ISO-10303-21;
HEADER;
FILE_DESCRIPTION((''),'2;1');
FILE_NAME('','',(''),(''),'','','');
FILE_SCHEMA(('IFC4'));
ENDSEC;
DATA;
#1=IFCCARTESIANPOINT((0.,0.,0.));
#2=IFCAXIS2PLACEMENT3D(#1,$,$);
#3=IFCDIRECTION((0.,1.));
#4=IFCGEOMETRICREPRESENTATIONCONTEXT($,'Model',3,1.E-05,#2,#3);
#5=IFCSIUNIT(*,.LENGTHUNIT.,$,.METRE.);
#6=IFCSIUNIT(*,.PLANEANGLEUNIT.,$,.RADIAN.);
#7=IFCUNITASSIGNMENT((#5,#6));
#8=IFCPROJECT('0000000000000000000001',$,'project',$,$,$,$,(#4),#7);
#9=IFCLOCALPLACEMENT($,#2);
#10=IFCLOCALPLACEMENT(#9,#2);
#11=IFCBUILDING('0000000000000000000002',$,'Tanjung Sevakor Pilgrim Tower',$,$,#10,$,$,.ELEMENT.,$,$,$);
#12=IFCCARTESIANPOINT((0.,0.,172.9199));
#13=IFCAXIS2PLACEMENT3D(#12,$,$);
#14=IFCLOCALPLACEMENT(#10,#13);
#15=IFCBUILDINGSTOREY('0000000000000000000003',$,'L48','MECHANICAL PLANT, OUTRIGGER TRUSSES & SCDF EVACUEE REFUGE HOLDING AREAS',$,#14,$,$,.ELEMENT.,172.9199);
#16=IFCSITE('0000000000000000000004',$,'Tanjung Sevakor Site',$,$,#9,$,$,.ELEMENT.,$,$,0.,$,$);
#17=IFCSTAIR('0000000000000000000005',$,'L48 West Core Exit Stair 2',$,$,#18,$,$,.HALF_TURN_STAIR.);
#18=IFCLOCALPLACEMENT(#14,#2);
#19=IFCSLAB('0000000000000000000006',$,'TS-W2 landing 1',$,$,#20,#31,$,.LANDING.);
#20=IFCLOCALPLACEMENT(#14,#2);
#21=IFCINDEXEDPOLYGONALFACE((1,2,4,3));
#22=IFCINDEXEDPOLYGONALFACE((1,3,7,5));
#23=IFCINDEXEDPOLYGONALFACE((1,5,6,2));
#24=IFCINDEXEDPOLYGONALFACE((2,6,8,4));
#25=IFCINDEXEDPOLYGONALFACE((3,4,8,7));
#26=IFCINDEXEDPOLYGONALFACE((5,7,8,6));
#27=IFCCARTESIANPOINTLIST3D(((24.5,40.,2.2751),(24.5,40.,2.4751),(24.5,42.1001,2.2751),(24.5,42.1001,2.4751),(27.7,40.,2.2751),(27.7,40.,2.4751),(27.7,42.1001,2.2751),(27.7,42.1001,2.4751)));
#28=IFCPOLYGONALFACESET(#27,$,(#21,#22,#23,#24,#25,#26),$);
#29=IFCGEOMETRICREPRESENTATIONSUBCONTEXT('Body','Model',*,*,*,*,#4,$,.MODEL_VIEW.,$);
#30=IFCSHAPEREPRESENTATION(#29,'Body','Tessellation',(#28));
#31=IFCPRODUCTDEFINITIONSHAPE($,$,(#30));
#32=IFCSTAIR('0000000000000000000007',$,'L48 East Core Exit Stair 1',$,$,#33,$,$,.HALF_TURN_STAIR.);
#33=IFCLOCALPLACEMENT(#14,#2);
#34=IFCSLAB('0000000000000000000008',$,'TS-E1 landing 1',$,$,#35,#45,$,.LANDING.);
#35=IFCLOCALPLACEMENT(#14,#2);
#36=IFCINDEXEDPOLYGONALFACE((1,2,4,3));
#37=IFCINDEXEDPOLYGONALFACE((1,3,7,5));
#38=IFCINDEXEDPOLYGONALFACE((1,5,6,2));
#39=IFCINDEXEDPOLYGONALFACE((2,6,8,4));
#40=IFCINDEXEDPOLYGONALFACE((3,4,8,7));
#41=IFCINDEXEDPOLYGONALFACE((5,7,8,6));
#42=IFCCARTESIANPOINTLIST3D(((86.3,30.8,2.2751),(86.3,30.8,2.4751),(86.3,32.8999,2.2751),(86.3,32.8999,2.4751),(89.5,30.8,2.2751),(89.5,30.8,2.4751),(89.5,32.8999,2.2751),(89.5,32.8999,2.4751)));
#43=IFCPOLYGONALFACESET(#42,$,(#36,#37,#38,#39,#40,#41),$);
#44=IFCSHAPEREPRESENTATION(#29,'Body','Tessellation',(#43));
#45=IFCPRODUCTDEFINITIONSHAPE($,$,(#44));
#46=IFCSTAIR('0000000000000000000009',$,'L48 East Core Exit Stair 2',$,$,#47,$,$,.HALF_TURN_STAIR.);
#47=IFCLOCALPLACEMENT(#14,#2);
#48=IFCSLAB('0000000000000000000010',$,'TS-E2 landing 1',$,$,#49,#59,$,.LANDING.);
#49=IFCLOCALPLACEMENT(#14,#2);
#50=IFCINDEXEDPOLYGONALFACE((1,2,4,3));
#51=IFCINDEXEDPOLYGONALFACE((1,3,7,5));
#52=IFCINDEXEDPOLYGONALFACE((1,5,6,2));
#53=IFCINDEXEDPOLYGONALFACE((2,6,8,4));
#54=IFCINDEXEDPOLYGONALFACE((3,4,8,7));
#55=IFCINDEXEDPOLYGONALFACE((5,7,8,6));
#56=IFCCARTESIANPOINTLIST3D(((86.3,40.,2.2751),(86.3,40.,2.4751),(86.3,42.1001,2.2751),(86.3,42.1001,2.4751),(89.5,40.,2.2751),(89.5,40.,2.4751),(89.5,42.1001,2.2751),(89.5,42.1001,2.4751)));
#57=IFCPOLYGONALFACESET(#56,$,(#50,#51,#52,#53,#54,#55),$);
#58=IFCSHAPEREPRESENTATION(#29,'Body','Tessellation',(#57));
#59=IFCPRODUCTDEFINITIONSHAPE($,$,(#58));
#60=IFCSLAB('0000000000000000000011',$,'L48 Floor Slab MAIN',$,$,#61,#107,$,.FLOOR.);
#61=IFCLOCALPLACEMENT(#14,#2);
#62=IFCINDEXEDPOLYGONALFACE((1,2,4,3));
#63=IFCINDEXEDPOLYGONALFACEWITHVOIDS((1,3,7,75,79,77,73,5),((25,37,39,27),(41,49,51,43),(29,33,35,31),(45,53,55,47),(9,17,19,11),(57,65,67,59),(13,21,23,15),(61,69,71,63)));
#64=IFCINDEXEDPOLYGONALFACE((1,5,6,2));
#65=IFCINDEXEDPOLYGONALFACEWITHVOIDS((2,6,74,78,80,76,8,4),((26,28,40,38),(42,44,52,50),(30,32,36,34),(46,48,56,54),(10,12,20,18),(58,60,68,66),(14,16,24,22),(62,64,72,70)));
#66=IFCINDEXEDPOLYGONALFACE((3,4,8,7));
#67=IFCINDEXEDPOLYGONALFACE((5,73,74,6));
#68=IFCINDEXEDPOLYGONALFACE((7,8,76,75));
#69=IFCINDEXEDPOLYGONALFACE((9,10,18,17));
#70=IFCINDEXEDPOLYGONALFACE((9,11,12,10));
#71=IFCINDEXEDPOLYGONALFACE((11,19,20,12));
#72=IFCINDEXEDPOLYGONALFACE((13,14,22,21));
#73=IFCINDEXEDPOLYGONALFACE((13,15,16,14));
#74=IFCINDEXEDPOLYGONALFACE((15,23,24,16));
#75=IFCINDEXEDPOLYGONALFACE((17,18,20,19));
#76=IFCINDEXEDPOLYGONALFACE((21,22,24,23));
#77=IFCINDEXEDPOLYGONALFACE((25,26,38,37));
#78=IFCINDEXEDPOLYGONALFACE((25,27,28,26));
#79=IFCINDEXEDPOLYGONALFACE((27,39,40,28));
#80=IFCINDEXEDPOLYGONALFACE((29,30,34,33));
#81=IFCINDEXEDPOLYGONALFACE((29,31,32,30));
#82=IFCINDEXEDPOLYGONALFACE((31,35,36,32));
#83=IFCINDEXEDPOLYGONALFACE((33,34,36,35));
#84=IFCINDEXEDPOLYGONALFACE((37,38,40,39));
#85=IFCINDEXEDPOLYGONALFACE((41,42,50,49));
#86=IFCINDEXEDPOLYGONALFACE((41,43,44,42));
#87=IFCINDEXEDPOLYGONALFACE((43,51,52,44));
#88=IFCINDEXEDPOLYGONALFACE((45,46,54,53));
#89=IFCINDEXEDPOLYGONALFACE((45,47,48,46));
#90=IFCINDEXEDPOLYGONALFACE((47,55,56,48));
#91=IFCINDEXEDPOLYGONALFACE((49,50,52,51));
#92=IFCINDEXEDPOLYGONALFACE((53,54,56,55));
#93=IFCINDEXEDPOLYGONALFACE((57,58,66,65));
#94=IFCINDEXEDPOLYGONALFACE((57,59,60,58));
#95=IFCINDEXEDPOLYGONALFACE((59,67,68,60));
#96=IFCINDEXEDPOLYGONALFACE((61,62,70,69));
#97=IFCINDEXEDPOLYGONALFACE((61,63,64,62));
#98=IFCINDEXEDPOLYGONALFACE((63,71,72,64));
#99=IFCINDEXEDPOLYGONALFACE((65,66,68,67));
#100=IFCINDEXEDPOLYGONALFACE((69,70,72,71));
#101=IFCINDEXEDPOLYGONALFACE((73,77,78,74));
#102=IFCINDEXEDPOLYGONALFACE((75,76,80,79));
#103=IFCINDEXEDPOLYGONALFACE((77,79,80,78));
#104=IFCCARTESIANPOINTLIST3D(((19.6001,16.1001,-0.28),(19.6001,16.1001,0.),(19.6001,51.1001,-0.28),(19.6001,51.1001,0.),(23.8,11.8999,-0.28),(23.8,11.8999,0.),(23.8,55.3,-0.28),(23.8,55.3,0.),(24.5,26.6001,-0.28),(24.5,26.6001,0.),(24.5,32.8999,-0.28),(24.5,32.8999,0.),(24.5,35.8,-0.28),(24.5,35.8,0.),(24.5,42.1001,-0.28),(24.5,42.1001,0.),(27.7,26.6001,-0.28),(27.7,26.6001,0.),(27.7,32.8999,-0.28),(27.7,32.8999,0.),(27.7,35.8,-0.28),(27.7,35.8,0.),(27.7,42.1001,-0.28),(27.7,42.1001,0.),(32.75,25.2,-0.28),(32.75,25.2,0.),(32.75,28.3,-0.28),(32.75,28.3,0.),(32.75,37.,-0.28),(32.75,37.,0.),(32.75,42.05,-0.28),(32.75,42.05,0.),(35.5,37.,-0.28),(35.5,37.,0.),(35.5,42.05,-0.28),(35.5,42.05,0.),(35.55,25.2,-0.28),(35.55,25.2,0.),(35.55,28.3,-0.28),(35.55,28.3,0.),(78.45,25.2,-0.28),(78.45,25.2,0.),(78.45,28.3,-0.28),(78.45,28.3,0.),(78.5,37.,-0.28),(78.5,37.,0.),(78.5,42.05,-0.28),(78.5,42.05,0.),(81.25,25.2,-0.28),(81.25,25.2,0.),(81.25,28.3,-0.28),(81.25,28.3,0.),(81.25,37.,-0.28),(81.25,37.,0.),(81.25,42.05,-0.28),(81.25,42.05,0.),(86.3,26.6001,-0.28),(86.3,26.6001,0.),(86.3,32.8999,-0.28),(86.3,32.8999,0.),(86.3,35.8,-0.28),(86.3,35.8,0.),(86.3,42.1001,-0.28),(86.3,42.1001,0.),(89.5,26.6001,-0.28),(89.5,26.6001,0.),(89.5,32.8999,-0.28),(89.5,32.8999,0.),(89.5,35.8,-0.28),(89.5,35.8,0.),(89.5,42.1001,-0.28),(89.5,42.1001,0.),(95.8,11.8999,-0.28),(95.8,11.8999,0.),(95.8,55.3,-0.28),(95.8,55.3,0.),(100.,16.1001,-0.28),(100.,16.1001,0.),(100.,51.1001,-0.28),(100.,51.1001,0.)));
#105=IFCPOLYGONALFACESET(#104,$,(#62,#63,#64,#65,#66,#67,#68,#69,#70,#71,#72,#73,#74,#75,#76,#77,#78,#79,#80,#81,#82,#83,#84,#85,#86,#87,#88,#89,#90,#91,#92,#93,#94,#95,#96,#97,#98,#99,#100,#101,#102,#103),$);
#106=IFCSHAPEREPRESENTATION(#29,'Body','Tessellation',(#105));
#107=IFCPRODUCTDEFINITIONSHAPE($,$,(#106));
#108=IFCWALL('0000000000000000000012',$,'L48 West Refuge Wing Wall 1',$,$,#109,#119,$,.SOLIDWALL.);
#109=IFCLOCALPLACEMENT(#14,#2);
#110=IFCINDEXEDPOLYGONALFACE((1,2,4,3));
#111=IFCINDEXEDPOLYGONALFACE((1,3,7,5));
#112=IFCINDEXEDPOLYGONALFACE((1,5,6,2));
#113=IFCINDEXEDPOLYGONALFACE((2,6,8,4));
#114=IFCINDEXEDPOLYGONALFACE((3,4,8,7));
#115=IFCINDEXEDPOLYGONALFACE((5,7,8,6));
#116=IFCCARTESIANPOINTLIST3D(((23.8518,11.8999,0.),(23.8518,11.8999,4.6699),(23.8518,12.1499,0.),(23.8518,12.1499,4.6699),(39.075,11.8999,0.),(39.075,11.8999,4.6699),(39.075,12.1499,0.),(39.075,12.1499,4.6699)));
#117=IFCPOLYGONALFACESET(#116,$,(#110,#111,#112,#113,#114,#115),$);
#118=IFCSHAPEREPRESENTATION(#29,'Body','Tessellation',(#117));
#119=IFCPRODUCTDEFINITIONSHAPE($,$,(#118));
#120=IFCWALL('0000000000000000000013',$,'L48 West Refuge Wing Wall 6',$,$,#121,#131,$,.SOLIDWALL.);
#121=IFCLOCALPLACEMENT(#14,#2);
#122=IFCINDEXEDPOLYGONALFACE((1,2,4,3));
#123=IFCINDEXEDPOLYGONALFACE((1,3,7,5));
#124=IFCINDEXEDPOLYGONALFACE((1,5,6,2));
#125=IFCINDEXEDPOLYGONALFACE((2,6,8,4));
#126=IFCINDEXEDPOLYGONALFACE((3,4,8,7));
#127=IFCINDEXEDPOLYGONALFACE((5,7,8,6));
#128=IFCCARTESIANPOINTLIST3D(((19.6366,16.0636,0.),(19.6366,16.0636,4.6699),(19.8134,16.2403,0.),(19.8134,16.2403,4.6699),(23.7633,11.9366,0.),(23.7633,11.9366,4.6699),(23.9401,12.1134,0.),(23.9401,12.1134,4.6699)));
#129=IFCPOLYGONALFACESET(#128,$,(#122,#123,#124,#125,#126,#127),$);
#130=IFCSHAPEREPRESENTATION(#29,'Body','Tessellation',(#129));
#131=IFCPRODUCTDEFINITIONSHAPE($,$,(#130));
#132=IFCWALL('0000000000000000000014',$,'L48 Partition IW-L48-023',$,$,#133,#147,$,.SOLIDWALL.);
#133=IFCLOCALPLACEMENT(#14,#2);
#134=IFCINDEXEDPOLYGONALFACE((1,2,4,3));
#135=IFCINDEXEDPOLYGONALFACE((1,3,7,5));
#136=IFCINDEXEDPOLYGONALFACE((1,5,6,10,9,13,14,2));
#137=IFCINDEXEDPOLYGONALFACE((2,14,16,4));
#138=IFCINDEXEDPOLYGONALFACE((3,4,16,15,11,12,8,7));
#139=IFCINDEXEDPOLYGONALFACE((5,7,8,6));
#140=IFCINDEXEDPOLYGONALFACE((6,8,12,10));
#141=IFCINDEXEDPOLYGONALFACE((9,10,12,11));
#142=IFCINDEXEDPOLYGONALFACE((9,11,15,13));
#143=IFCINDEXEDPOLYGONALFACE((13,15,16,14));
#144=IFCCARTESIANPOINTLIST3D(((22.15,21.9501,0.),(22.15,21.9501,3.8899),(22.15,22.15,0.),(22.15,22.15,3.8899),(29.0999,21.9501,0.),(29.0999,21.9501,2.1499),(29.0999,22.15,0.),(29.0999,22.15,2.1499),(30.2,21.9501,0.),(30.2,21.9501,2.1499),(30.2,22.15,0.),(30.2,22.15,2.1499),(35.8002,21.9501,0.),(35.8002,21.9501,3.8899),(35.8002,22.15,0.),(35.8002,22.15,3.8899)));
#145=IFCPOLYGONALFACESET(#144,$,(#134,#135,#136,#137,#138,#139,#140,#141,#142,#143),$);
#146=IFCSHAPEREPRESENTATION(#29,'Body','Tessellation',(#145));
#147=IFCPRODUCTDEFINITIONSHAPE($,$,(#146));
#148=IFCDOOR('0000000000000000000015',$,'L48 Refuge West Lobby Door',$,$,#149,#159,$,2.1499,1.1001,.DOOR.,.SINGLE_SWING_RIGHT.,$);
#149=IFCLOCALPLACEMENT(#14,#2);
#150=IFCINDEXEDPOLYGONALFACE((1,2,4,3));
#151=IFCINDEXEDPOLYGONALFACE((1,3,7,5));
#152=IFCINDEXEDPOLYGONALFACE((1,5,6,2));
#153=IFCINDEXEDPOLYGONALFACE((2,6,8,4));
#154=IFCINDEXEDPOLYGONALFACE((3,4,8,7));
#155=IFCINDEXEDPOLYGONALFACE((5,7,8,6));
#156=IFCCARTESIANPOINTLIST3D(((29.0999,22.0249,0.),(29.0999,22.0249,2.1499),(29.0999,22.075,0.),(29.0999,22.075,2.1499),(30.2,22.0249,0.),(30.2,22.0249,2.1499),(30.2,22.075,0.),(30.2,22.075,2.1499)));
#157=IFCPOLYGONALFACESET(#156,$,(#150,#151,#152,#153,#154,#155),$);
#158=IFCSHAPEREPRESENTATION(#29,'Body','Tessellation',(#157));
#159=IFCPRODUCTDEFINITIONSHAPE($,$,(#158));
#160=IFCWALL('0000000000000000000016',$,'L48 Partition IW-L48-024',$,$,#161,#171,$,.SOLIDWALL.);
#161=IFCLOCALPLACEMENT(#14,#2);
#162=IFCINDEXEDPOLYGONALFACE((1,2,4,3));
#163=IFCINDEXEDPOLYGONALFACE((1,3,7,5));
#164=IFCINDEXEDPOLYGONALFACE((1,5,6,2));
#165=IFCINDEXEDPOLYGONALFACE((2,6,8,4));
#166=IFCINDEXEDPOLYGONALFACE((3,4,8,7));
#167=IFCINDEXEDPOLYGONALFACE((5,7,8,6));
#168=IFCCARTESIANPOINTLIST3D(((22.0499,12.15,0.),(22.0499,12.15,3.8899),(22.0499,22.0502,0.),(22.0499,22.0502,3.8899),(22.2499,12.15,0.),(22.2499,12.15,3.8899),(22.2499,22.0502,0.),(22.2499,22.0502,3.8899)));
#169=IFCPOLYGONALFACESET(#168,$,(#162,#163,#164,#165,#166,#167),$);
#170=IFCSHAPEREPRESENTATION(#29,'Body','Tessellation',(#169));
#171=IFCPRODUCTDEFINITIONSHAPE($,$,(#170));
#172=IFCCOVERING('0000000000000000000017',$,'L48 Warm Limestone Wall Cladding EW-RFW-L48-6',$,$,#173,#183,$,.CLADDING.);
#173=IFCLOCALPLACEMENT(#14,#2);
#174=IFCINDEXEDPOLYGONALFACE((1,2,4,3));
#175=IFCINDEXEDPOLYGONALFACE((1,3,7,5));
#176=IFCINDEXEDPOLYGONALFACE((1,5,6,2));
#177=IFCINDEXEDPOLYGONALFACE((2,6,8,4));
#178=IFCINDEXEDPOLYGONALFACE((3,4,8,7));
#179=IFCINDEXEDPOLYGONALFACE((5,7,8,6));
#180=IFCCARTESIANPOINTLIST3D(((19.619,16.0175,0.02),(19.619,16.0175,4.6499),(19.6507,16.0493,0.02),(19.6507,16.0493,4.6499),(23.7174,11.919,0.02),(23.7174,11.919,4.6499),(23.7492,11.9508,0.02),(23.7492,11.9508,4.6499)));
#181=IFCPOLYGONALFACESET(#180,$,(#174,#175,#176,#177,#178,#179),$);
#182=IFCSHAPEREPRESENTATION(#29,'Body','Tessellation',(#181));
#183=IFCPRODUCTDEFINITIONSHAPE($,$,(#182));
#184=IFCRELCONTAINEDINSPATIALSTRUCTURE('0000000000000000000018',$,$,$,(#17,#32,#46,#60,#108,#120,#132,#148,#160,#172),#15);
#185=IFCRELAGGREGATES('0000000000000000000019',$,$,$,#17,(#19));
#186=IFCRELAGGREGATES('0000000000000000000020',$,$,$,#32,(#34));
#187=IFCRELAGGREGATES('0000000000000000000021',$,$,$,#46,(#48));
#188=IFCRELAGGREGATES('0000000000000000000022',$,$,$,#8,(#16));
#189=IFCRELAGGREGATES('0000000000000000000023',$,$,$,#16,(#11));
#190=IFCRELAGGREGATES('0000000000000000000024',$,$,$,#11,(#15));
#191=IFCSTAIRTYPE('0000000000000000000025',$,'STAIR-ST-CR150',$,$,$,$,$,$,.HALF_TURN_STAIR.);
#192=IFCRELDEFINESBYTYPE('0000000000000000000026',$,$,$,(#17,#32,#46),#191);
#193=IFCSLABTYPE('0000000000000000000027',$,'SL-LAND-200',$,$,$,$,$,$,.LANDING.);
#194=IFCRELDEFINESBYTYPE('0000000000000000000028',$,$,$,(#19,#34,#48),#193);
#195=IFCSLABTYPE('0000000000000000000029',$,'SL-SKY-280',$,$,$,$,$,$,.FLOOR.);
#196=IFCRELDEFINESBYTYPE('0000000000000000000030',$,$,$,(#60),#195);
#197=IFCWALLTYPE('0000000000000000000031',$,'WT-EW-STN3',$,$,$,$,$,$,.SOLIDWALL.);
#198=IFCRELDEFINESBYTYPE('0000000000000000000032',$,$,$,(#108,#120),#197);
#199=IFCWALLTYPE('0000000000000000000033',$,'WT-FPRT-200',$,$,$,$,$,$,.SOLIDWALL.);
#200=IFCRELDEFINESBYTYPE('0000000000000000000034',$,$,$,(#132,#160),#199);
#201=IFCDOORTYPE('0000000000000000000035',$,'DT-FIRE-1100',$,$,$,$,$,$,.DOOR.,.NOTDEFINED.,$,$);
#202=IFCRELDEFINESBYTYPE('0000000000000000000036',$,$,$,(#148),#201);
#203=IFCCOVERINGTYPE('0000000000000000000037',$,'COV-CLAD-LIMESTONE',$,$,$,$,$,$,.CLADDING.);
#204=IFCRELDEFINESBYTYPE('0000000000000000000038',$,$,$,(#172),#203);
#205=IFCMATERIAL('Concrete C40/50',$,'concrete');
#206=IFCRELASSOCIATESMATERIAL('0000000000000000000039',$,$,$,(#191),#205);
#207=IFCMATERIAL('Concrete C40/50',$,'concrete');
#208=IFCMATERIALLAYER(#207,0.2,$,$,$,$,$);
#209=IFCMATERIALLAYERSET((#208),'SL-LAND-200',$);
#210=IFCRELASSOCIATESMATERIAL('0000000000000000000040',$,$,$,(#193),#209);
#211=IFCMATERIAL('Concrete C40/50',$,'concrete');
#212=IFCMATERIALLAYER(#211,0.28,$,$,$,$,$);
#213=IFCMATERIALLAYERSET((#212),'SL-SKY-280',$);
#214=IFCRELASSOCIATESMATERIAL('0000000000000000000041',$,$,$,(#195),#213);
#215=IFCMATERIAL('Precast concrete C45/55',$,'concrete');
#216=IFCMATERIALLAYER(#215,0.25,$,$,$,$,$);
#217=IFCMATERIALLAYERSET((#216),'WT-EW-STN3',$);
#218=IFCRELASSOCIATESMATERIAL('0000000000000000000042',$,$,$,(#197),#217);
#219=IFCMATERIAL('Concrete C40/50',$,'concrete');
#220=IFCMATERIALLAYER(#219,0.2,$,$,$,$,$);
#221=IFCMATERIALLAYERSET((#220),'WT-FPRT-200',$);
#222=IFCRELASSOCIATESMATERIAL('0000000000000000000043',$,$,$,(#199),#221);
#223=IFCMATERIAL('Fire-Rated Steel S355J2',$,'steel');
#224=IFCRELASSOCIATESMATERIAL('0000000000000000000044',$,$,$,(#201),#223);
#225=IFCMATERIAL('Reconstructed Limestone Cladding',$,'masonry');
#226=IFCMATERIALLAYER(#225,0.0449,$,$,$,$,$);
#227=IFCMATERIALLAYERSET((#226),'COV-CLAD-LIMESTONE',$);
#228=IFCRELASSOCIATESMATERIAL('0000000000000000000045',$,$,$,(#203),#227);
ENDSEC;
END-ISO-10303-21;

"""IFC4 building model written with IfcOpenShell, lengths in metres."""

from ifc_helpers import new_model, si_unit, direction, frame, frame_2d, origin, origin_2d, place, context, subcontext, project, spatial, polyline, rectangle, outline, extrude, material, layer, layer_set, type_object, element, fill, aggregate, save


model = new_model("IFC4")

# Units and contexts
model_context = context("Model", 3, precision=1e-05, world=origin(), true_north=direction((0.0, 1.0)))
body_context = subcontext(model_context, "Body", "Model", "MODEL_VIEW")
ifc_project = project(units=[si_unit("LENGTHUNIT", "METRE"), si_unit("PLANEANGLEUNIT", "RADIAN")], contexts=[model_context])

# Site, building, storey
site_placement = place(None, origin())
site = spatial("IfcSite", under=ifc_project, at=site_placement, Name="Tanjung Sevakor Site", CompositionType="ELEMENT", RefElevation=0.0)
building_placement = place(site_placement, origin())
building = spatial("IfcBuilding", under=site, at=building_placement, Name="Tanjung Sevakor Pilgrim Tower", CompositionType="ELEMENT")
storey_placement = place(building_placement, frame((0.0, 0.0, 172.9199)))
storey = spatial("IfcBuildingStorey", under=building, at=storey_placement, Name="L48", Description="MECHANICAL PLANT, OUTRIGGER TRUSSES & SCDF EVACUEE REFUGE HOLDING AREAS", CompositionType="ELEMENT", Elevation=172.9199)

# Stairs, slabs
ifc_material_1 = material(Name="Concrete C40/50", Category="concrete")
stair_type = type_object("IfcStairType", Name="STAIR-ST-CR150", PredefinedType="HALF_TURN_STAIR", material=ifc_material_1)
ifc_material_2 = material(Name="Concrete C40/50", Category="concrete")
ifc_layer_1 = layer(ifc_material_2, 0.2)
ifc_layer_set_1 = layer_set([ifc_layer_1], Name="SL-LAND-200")
slab_type_1 = type_object("IfcSlabType", Name="SL-LAND-200", PredefinedType="LANDING", material=ifc_layer_set_1)
stair_1_placement = place(storey_placement, origin())
stair_1 = element("IfcStair", 1, at=stair_1_placement, inside=storey, type_object=stair_type, Name="L48 West Core Exit Stair 2", PredefinedType="HALF_TURN_STAIR")
slab_1_placement = place(storey_placement, frame((0.0, 0.0, 2.2751)))
slab_1 = element("IfcSlab", 2, at=slab_1_placement, type_object=slab_type_1, Name="TS-W2 landing 1", PredefinedType="LANDING", context=body_context, shape_type="SweptSolid", body=[
    extrude(outline(polyline([(27.7, 40.0), (27.7, 42.1001), (24.5, 42.1001), (24.5, 40.0), (27.7, 40.0)])), origin(), (0.0, 0.0, 1.0), 0.2),
])
aggregate(stair_1, [slab_1])
stair_2_placement = place(storey_placement, origin())
stair_2 = element("IfcStair", 3, at=stair_2_placement, inside=storey, type_object=stair_type, Name="L48 East Core Exit Stair 1", PredefinedType="HALF_TURN_STAIR")
slab_2_placement = place(storey_placement, frame((0.0, 0.0, 2.2751)))
slab_2 = element("IfcSlab", 4, at=slab_2_placement, type_object=slab_type_1, Name="TS-E1 landing 1", PredefinedType="LANDING", context=body_context, shape_type="SweptSolid", body=[
    extrude(outline(polyline([(89.5, 30.8), (89.5, 32.8999), (86.3, 32.8999), (86.3, 30.8), (89.5, 30.8)])), origin(), (0.0, 0.0, 1.0), 0.2),
])
aggregate(stair_2, [slab_2])
stair_3_placement = place(storey_placement, origin())
stair_3 = element("IfcStair", 5, at=stair_3_placement, inside=storey, type_object=stair_type, Name="L48 East Core Exit Stair 2", PredefinedType="HALF_TURN_STAIR")
slab_3_placement = place(storey_placement, frame((0.0, 0.0, 2.2751)))
slab_3 = element("IfcSlab", 6, at=slab_3_placement, type_object=slab_type_1, Name="TS-E2 landing 1", PredefinedType="LANDING", context=body_context, shape_type="SweptSolid", body=[
    extrude(outline(polyline([(89.5, 40.0), (89.5, 42.1001), (86.3, 42.1001), (86.3, 40.0), (89.5, 40.0)])), origin(), (0.0, 0.0, 1.0), 0.2),
])
aggregate(stair_3, [slab_3])

# Slab
ifc_material_3 = material(Name="Concrete C40/50", Category="concrete")
ifc_layer_2 = layer(ifc_material_3, 0.28)
ifc_layer_set_2 = layer_set([ifc_layer_2], Name="SL-SKY-280")
slab_type_2 = type_object("IfcSlabType", Name="SL-SKY-280", PredefinedType="FLOOR", material=ifc_layer_set_2)
slab_4_placement = place(storey_placement, frame((0.0, 0.0, -0.28)))
element("IfcSlab", 7, at=slab_4_placement, inside=storey, type_object=slab_type_2, Name="L48 Floor Slab MAIN", PredefinedType="FLOOR", context=body_context, shape_type="SweptSolid", body=[
    extrude(outline(polyline([(23.8, 11.8999), (95.8, 11.8999), (100.0, 16.1001), (100.0, 51.1001), (95.8, 55.3), (23.8, 55.3), (19.6001, 51.1001), (19.6001, 16.1001), (23.8, 11.8999)]), holes=[polyline([(27.7, 26.6001), (27.7, 32.8999), (24.5, 32.8999), (24.5, 26.6001), (27.7, 26.6001)]), polyline([(27.7, 35.8), (27.7, 42.1001), (24.5, 42.1001), (24.5, 35.8), (27.7, 35.8)]), polyline([(89.5, 26.6001), (89.5, 32.8999), (86.3, 32.8999), (86.3, 26.6001), (89.5, 26.6001)]), polyline([(89.5, 35.8), (89.5, 42.1001), (86.3, 42.1001), (86.3, 35.8), (89.5, 35.8)]), polyline([(32.75, 25.2), (35.55, 25.2), (35.55, 28.3), (32.75, 28.3), (32.75, 25.2)]), polyline([(32.75, 37.0), (35.5, 37.0), (35.5, 42.05), (32.75, 42.05), (32.75, 37.0)]), polyline([(78.45, 25.2), (81.25, 25.2), (81.25, 28.3), (78.45, 28.3), (78.45, 25.2)]), polyline([(78.5, 37.0), (81.25, 37.0), (81.25, 42.05), (78.5, 42.05), (78.5, 37.0)])]), origin(), (0.0, 0.0, 1.0), 0.28),
])

# Walls
ifc_material_4 = material(Name="Precast concrete C45/55", Category="concrete")
ifc_layer_3 = layer(ifc_material_4, 0.25)
ifc_layer_set_3 = layer_set([ifc_layer_3], Name="WT-EW-STN3")
wall_type_1 = type_object("IfcWallType", Name="WT-EW-STN3", PredefinedType="SOLIDWALL", material=ifc_layer_set_3)
wall_1_placement = place(storey_placement, frame((23.8518, 12.0249, 0.0), z_axis=(0.0, 0.0, 1.0), x_axis=(1.0, 0.0, 0.0)))
element("IfcWall", 8, at=wall_1_placement, inside=storey, type_object=wall_type_1, Name="L48 West Refuge Wing Wall 1", PredefinedType="SOLIDWALL", context=body_context, shape_type="SweptSolid", body=[
    extrude(rectangle(XDim=15.2231, YDim=0.25, at=frame_2d((7.6116, 0.0))), origin(), (0.0, 0.0, 1.0), 4.6699),
])
wall_2_placement = place(storey_placement, frame((19.7251, 16.1519, 0.0), z_axis=(0.0, 0.0, 1.0), x_axis=(0.707086, -0.707128, 0.0)))
element("IfcWall", 9, at=wall_2_placement, inside=storey, type_object=wall_type_1, Name="L48 West Refuge Wing Wall 6", PredefinedType="SOLIDWALL", context=body_context, shape_type="SweptSolid", body=[
    extrude(rectangle(XDim=5.8362, YDim=0.25, at=frame_2d((2.918, 0.0))), origin(), (0.0, 0.0, 1.0), 4.6699),
])

# Wall, opening, door
ifc_material_5 = material(Name="Concrete C40/50", Category="concrete")
ifc_layer_4 = layer(ifc_material_5, 0.2)
ifc_layer_set_4 = layer_set([ifc_layer_4], Name="WT-FPRT-200")
wall_type_2 = type_object("IfcWallType", Name="WT-FPRT-200", PredefinedType="SOLIDWALL", material=ifc_layer_set_4)
wall_3_placement = place(storey_placement, frame((22.1499, 22.05, 0.0), z_axis=(0.0, 0.0, 1.0), x_axis=(1.0, 0.0, 0.0)))
wall_3 = element("IfcWall", 10, at=wall_3_placement, inside=storey, type_object=wall_type_2, Name="L48 Partition IW-L48-023", PredefinedType="SOLIDWALL", context=body_context, shape_type="SweptSolid", body=[
    extrude(rectangle(XDim=13.6501, YDim=0.2, at=frame_2d((6.8252, 0.0))), origin(), (0.0, 0.0, 1.0), 3.8899),
])
opening_placement = place(wall_3_placement, frame((6.95, 0.0, 0.0)))
opening = element("IfcOpeningElement", 11, at=opening_placement, cuts=wall_3, PredefinedType="OPENING", context=body_context, shape_type="SweptSolid", body=[
    extrude(rectangle(XDim=1.1001, YDim=2.1499, at=frame_2d((0.55, 1.075))), frame((0.0, 0.1099, 0.0), z_axis=(0.0, -1.0, 0.0), x_axis=(1.0, 0.0, 0.0)), (0.0, 0.0, 1.0), 0.22),
])
ifc_material_6 = material(Name="Fire-Rated Steel S355J2", Category="steel")
door_type = type_object("IfcDoorType", Name="DT-FIRE-1100", OperationType="NOTDEFINED", PredefinedType="DOOR", material=ifc_material_6)
door_placement = place(opening_placement, origin())
door = element("IfcDoor", 12, at=door_placement, inside=storey, type_object=door_type, Name="L48 Refuge West Lobby Door", OperationType="SINGLE_SWING_RIGHT", OverallHeight=2.1499, OverallWidth=1.1001, PredefinedType="DOOR", context=body_context, shape_type="SweptSolid", body=[
    extrude(rectangle(XDim=1.1001, YDim=2.1499, at=frame_2d((0.55, 1.075))), frame((0.0, 0.0249, 0.0), z_axis=(0.0, -1.0, 0.0), x_axis=(1.0, 0.0, 0.0)), (0.0, 0.0, 1.0), 0.05),
])
fill(opening, door)

# Wall
wall_4_placement = place(storey_placement, frame((22.1499, 12.1499, 0.0), z_axis=(0.0, 0.0, 1.0), x_axis=(0.0, 1.0, 0.0)))
element("IfcWall", 13, at=wall_4_placement, inside=storey, type_object=wall_type_2, Name="L48 Partition IW-L48-024", PredefinedType="SOLIDWALL", context=body_context, shape_type="SweptSolid", body=[
    extrude(rectangle(XDim=9.9001, YDim=0.2, at=frame_2d((4.9502, 0.0))), origin(), (0.0, 0.0, 1.0), 3.8899),
])

# Covering
ifc_material_7 = material(Name="Reconstructed Limestone Cladding", Category="masonry")
ifc_layer_5 = layer(ifc_material_7, 0.0449)
ifc_layer_set_5 = layer_set([ifc_layer_5], Name="COV-CLAD-LIMESTONE")
covering_type = type_object("IfcCoveringType", Name="COV-CLAD-LIMESTONE", PredefinedType="CLADDING", material=ifc_layer_set_5)
covering_placement = place(storey_placement, frame((21.6841, 13.9841, 0.02), z_axis=(0.0, 0.0, 1.0), x_axis=(0.707107, -0.707107, 0.0)))
element("IfcCovering", 14, at=covering_placement, inside=storey, type_object=covering_type, Name="L48 Warm Limestone Wall Cladding EW-RFW-L48-6", PredefinedType="CLADDING", context=body_context, shape_type="SweptSolid", body=[
    extrude(rectangle(XDim=5.7961, YDim=0.0449, at=origin_2d()), origin(), (0.0, 0.0, 1.0), 4.6299),
])

save(model, "model.ifc")
